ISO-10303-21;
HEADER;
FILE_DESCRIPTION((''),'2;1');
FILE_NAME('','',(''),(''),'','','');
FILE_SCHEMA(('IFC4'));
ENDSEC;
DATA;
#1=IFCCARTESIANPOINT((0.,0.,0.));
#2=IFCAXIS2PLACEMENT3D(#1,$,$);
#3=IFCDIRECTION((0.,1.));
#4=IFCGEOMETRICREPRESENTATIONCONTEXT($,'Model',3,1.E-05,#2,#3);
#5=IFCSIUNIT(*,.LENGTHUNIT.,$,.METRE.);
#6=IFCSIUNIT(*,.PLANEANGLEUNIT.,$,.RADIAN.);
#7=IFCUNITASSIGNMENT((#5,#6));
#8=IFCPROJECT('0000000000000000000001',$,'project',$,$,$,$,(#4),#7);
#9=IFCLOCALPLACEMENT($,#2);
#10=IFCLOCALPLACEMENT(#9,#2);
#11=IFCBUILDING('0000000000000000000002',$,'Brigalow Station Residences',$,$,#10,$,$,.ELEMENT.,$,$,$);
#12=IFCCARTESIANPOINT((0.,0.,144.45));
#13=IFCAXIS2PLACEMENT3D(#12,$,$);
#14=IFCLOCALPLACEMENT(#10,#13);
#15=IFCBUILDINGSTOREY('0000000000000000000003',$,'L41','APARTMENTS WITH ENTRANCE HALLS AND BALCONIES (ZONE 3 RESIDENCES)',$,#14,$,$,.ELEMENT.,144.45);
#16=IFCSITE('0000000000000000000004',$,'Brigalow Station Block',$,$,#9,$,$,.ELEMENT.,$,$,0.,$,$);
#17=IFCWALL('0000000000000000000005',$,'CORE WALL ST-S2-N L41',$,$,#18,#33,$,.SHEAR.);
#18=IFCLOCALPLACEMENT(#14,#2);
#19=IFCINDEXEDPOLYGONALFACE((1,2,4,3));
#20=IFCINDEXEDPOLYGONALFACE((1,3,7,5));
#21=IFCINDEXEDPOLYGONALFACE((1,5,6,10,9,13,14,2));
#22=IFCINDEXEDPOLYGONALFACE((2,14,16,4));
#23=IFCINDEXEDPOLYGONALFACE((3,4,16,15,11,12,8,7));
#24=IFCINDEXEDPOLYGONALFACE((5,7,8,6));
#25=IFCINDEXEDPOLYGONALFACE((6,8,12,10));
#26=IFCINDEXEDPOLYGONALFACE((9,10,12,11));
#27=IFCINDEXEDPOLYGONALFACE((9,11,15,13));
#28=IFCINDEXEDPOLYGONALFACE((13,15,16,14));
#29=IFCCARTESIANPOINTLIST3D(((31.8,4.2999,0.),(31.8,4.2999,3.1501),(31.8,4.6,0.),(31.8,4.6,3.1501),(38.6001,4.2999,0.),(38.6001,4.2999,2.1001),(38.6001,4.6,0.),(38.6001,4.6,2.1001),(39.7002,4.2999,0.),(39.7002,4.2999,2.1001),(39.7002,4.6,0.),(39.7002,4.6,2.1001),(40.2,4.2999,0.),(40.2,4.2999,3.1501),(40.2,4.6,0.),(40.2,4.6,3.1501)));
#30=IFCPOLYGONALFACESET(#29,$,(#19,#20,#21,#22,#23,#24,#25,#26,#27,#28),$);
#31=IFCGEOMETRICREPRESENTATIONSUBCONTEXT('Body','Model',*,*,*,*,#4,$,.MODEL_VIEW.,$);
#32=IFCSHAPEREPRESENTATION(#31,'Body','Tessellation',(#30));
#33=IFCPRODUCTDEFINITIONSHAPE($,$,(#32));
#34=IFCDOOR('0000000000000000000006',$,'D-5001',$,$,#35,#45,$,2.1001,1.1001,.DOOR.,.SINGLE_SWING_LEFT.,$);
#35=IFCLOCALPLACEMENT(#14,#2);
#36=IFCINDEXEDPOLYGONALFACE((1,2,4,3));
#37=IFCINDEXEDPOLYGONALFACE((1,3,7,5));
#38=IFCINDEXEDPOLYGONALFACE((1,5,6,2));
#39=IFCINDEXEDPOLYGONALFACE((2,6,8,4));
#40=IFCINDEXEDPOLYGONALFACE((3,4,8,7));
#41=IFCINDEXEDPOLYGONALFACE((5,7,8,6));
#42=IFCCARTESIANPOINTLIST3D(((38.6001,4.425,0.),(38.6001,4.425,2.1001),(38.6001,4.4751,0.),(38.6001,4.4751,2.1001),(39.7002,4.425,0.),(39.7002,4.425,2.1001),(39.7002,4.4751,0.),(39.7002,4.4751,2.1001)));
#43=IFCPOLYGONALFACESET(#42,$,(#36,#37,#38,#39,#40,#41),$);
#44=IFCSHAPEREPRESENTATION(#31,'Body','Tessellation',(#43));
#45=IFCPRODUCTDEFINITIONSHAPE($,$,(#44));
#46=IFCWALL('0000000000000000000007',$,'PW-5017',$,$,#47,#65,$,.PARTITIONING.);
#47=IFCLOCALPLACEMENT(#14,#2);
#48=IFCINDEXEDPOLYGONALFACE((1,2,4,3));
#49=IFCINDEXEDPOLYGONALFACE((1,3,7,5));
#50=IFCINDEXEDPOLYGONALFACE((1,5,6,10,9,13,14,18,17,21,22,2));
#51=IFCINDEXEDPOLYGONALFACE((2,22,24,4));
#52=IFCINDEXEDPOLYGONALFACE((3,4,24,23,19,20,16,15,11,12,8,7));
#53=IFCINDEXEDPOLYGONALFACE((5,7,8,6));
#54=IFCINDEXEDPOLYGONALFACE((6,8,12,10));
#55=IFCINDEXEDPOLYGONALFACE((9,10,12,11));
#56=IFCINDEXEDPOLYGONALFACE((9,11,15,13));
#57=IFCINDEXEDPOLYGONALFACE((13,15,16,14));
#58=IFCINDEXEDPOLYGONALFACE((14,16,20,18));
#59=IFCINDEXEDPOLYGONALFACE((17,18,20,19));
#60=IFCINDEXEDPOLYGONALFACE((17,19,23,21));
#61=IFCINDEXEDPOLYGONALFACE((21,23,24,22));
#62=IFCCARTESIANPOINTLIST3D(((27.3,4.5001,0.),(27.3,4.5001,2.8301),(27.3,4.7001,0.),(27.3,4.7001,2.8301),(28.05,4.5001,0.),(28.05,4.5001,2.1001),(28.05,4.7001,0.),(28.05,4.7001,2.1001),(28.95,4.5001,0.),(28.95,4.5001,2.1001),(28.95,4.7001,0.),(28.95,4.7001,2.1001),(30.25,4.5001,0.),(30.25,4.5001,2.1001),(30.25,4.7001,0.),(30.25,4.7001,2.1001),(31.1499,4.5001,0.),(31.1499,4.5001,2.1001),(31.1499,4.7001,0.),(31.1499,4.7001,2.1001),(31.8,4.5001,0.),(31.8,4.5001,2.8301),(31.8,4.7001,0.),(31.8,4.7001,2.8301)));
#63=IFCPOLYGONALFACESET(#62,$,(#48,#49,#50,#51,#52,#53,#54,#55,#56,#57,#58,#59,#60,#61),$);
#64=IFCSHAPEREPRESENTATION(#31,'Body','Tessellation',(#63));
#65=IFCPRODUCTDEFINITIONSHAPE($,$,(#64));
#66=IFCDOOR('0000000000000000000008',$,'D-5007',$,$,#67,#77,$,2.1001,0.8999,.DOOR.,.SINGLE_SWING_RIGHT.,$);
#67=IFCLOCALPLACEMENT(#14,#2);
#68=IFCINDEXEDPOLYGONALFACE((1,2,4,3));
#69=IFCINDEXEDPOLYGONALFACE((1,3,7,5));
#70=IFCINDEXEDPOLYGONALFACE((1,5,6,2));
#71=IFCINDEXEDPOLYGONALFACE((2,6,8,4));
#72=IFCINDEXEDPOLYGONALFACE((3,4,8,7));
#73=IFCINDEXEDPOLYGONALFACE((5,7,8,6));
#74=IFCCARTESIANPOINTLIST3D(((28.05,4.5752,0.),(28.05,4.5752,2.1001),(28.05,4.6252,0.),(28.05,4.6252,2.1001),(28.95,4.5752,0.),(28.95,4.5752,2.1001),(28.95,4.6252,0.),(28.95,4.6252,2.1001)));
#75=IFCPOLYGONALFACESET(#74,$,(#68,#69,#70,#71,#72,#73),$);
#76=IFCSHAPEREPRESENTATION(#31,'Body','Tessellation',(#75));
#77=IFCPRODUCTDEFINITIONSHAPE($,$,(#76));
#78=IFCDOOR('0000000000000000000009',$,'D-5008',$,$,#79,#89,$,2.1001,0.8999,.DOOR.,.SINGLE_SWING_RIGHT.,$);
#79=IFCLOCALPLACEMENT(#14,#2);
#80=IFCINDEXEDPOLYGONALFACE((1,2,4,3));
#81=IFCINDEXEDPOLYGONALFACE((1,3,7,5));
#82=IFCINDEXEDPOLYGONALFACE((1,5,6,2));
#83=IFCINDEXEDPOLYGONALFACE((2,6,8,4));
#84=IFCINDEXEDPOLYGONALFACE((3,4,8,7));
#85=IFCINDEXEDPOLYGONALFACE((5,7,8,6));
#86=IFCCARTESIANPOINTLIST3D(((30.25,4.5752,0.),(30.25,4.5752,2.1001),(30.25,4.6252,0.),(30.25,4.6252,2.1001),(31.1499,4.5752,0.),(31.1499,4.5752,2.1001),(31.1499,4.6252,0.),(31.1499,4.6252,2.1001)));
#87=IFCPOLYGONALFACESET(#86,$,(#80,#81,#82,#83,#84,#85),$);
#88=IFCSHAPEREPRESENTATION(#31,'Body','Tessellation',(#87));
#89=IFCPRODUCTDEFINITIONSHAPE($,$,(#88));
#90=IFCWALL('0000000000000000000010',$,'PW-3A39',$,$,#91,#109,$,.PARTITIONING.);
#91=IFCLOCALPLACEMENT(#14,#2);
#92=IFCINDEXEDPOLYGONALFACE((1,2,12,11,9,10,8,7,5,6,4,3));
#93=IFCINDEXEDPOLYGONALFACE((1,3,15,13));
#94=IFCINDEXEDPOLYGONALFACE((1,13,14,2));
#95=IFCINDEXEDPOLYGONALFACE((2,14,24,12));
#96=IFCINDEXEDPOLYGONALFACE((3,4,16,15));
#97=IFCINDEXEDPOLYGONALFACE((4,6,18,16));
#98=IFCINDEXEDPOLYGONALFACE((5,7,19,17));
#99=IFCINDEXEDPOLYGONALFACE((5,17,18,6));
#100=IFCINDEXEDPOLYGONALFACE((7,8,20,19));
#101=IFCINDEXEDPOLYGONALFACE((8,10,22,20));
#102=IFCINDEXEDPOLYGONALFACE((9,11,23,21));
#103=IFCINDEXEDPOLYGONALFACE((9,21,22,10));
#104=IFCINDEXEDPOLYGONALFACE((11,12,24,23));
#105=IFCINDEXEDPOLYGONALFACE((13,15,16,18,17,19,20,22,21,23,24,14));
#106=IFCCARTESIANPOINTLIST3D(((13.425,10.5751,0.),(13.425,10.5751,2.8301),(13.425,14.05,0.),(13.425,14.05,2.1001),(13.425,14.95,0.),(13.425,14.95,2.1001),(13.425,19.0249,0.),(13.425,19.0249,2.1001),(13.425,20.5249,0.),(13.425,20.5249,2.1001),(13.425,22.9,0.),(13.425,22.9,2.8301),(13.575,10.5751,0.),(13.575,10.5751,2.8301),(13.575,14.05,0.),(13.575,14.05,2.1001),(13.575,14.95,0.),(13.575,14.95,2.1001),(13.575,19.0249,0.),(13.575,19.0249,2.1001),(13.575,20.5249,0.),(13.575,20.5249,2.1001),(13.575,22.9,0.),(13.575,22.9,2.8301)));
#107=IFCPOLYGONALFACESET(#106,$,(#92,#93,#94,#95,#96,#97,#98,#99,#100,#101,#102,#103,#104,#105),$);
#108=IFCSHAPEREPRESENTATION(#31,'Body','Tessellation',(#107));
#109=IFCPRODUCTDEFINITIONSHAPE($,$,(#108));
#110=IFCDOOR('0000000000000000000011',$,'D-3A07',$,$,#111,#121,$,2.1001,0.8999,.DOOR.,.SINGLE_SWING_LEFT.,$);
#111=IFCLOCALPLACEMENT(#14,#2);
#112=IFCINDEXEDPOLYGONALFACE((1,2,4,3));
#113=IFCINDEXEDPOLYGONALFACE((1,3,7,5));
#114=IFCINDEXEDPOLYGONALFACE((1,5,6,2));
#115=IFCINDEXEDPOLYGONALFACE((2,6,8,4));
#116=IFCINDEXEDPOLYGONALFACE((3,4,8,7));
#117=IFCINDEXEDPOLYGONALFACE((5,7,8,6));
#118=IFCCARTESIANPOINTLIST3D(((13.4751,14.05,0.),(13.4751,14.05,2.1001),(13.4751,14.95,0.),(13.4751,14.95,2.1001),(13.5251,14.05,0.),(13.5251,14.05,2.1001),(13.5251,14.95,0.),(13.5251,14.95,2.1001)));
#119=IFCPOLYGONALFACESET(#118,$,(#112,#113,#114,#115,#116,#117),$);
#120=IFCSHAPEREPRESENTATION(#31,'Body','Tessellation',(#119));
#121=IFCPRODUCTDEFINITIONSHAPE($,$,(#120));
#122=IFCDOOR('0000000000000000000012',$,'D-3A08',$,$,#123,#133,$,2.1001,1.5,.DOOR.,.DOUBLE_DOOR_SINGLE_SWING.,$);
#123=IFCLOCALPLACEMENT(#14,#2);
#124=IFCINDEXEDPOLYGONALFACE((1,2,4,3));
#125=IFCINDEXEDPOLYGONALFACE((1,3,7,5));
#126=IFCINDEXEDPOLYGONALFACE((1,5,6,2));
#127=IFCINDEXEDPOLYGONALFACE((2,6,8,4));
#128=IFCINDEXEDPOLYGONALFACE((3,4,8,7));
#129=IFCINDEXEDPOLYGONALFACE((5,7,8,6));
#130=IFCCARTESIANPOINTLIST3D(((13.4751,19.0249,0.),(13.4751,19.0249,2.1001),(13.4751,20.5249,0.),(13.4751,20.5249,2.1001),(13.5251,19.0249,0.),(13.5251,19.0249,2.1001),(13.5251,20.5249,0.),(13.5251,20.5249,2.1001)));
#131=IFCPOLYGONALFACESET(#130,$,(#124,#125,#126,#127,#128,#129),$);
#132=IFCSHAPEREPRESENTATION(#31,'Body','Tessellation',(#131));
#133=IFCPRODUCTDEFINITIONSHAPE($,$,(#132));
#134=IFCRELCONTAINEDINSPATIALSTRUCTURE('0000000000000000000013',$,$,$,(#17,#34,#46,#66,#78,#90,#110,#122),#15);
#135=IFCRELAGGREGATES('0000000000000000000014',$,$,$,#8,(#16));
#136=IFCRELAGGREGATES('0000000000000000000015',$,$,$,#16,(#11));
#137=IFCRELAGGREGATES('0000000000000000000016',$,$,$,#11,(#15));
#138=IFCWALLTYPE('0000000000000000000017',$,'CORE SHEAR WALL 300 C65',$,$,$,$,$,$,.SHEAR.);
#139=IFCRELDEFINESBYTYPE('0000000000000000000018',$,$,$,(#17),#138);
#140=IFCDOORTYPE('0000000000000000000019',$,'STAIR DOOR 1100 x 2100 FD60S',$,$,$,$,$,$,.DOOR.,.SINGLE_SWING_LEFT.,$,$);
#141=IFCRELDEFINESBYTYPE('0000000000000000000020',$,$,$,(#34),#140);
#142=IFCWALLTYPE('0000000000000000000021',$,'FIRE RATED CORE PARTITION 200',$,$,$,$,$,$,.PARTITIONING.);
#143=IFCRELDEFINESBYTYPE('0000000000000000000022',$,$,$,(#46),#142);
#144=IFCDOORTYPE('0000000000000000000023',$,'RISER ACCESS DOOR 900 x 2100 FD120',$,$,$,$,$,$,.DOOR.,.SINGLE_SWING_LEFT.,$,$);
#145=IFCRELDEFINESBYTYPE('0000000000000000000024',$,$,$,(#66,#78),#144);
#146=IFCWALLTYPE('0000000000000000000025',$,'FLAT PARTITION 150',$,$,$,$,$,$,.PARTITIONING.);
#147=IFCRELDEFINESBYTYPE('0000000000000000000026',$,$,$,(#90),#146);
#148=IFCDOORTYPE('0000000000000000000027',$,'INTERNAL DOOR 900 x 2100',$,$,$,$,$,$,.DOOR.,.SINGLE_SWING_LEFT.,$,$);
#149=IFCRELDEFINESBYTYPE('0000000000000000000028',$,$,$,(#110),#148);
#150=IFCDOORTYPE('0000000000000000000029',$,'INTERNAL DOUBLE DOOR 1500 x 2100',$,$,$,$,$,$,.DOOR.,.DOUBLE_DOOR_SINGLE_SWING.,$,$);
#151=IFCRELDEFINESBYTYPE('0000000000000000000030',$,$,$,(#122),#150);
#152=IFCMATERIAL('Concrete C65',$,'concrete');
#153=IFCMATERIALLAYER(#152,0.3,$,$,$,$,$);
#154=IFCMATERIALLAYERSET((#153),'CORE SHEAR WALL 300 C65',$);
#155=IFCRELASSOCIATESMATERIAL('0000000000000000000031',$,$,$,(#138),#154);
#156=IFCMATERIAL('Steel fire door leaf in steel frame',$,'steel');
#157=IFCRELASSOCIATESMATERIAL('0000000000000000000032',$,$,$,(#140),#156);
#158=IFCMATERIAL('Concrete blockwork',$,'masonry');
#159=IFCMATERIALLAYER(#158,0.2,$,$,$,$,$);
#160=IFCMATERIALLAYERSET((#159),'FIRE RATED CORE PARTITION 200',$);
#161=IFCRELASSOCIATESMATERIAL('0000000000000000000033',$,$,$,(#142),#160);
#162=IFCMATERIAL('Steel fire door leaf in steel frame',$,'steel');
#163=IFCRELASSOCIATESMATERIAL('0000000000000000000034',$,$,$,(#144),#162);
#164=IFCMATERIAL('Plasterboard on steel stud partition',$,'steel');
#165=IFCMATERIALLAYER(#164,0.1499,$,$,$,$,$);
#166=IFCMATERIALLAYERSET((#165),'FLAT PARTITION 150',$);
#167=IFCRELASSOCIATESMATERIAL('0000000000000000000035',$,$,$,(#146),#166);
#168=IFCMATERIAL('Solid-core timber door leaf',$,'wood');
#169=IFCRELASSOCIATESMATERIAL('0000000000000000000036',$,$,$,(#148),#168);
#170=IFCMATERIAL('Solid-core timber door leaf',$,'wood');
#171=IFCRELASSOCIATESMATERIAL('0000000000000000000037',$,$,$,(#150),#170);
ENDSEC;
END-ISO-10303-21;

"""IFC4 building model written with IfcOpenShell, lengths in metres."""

from ifc_helpers import new_model, si_unit, direction, frame, frame_2d, origin, place, context, subcontext, project, spatial, rectangle, extrude, material, layer, layer_set, type_object, element, fill, save


model = new_model("IFC4")

# Units and contexts
model_context = context("Model", 3, precision=1e-05, world=origin(), true_north=direction((0.0, 1.0)))
body_context = subcontext(model_context, "Body", "Model", "MODEL_VIEW")
ifc_project = project(units=[si_unit("LENGTHUNIT", "METRE"), si_unit("PLANEANGLEUNIT", "RADIAN")], contexts=[model_context])

# Site, building, storey
site_placement = place(None, origin())
site = spatial("IfcSite", under=ifc_project, at=site_placement, Name="Brigalow Station Block", CompositionType="ELEMENT", RefElevation=0.0)
building_placement = place(site_placement, origin())
building = spatial("IfcBuilding", under=site, at=building_placement, Name="Brigalow Station Residences", CompositionType="ELEMENT")
storey_placement = place(building_placement, frame((0.0, 0.0, 144.45)))
storey = spatial("IfcBuildingStorey", under=building, at=storey_placement, Name="L41", Description="APARTMENTS WITH ENTRANCE HALLS AND BALCONIES (ZONE 3 RESIDENCES)", CompositionType="ELEMENT", Elevation=144.45)

# Wall, opening, door
ifc_material_1 = material(Name="Concrete C65", Category="concrete")
ifc_layer_1 = layer(ifc_material_1, 0.3)
ifc_layer_set_1 = layer_set([ifc_layer_1], Name="CORE SHEAR WALL 300 C65")
wall_type_1 = type_object("IfcWallType", Name="CORE SHEAR WALL 300 C65", PredefinedType="SHEAR", material=ifc_layer_set_1)
wall_1_placement = place(storey_placement, frame((31.8, 4.45, 0.0), z_axis=(0.0, 0.0, 1.0), x_axis=(1.0, 0.0, 0.0)))
wall_1 = element("IfcWall", 1, at=wall_1_placement, inside=storey, type_object=wall_type_1, Name="CORE WALL ST-S2-N L41", PredefinedType="SHEAR", context=body_context, shape_type="SweptSolid", body=[
    extrude(rectangle(XDim=8.3999, YDim=0.3, at=frame_2d((4.2, 0.0))), origin(), (0.0, 0.0, 1.0), 3.1501),
])
opening_1_placement = place(wall_1_placement, frame((6.8, 0.0, 0.0)))
opening_1 = element("IfcOpeningElement", 2, at=opening_1_placement, cuts=wall_1, PredefinedType="OPENING", context=body_context, shape_type="SweptSolid", body=[
    extrude(rectangle(XDim=1.1001, YDim=2.1001, at=frame_2d((0.55, 1.05))), frame((0.0, 0.1602, 0.0), z_axis=(0.0, -1.0, 0.0), x_axis=(1.0, 0.0, 0.0)), (0.0, 0.0, 1.0), 0.3201),
])
ifc_material_2 = material(Name="Steel fire door leaf in steel frame", Category="steel")
door_type_1 = type_object("IfcDoorType", Name="STAIR DOOR 1100 x 2100 FD60S", OperationType="SINGLE_SWING_LEFT", PredefinedType="DOOR", material=ifc_material_2)
door_1_placement = place(opening_1_placement, frame((1.1001, 0.0, 0.0), z_axis=(0.0, 0.0, 1.0), x_axis=(-1.0, 0.0, 0.0)))
door_1 = element("IfcDoor", 3, at=door_1_placement, inside=storey, type_object=door_type_1, Name="D-5001", OperationType="SINGLE_SWING_LEFT", OverallHeight=2.1001, OverallWidth=1.1001, PredefinedType="DOOR", context=body_context, shape_type="SweptSolid", body=[
    extrude(rectangle(XDim=1.1001, YDim=2.1001, at=frame_2d((0.55, 1.05))), frame((0.0, 0.0249, 0.0), z_axis=(0.0, -1.0, 0.0), x_axis=(1.0, 0.0, 0.0)), (0.0, 0.0, 1.0), 0.05),
])
fill(opening_1, door_1)

# Walls, openings, doors
ifc_material_3 = material(Name="Concrete blockwork", Category="masonry")
ifc_layer_2 = layer(ifc_material_3, 0.2)
ifc_layer_set_2 = layer_set([ifc_layer_2], Name="FIRE RATED CORE PARTITION 200")
wall_type_2 = type_object("IfcWallType", Name="FIRE RATED CORE PARTITION 200", PredefinedType="PARTITIONING", material=ifc_layer_set_2)
wall_2_placement = place(storey_placement, frame((27.3, 4.6001, 0.0), z_axis=(0.0, 0.0, 1.0), x_axis=(1.0, 0.0, 0.0)))
wall_2 = element("IfcWall", 4, at=wall_2_placement, inside=storey, type_object=wall_type_2, Name="PW-5017", PredefinedType="PARTITIONING", context=body_context, shape_type="SweptSolid", body=[
    extrude(rectangle(XDim=4.5, YDim=0.2, at=frame_2d((2.25, 0.0))), origin(), (0.0, 0.0, 1.0), 2.8301),
])
opening_2_placement = place(wall_2_placement, frame((0.75, 0.0, 0.0)))
opening_2 = element("IfcOpeningElement", 5, at=opening_2_placement, cuts=wall_2, PredefinedType="OPENING", context=body_context, shape_type="SweptSolid", body=[
    extrude(rectangle(XDim=0.8999, YDim=2.1001, at=frame_2d((0.45, 1.05))), frame((0.0, 0.1099, 0.0), z_axis=(0.0, -1.0, 0.0), x_axis=(1.0, 0.0, 0.0)), (0.0, 0.0, 1.0), 0.22),
])
opening_3_placement = place(wall_2_placement, frame((2.95, 0.0, 0.0)))
opening_3 = element("IfcOpeningElement", 6, at=opening_3_placement, cuts=wall_2, PredefinedType="OPENING", context=body_context, shape_type="SweptSolid", body=[
    extrude(rectangle(XDim=0.8999, YDim=2.1001, at=frame_2d((0.45, 1.05))), frame((0.0, 0.1099, 0.0), z_axis=(0.0, -1.0, 0.0), x_axis=(1.0, 0.0, 0.0)), (0.0, 0.0, 1.0), 0.22),
])
ifc_material_4 = material(Name="Steel fire door leaf in steel frame", Category="steel")
door_type_2 = type_object("IfcDoorType", Name="RISER ACCESS DOOR 900 x 2100 FD120", OperationType="SINGLE_SWING_LEFT", PredefinedType="DOOR", material=ifc_material_4)
door_2_placement = place(opening_2_placement, frame((0.8999, 0.0, 0.0), z_axis=(0.0, 0.0, 1.0), x_axis=(-1.0, 0.0, 0.0)))
door_2 = element("IfcDoor", 7, at=door_2_placement, inside=storey, type_object=door_type_2, Name="D-5007", OperationType="SINGLE_SWING_RIGHT", OverallHeight=2.1001, OverallWidth=0.8999, PredefinedType="DOOR", context=body_context, shape_type="SweptSolid", body=[
    extrude(rectangle(XDim=0.8999, YDim=2.1001, at=frame_2d((0.45, 1.05))), frame((0.0, 0.0249, 0.0), z_axis=(0.0, -1.0, 0.0), x_axis=(1.0, 0.0, 0.0)), (0.0, 0.0, 1.0), 0.05),
])
fill(opening_2, door_2)
door_3_placement = place(opening_3_placement, frame((0.8999, 0.0, 0.0), z_axis=(0.0, 0.0, 1.0), x_axis=(-1.0, 0.0, 0.0)))
door_3 = element("IfcDoor", 8, at=door_3_placement, inside=storey, type_object=door_type_2, Name="D-5008", OperationType="SINGLE_SWING_RIGHT", OverallHeight=2.1001, OverallWidth=0.8999, PredefinedType="DOOR", context=body_context, shape_type="SweptSolid", body=[
    extrude(rectangle(XDim=0.8999, YDim=2.1001, at=frame_2d((0.45, 1.05))), frame((0.0, 0.0249, 0.0), z_axis=(0.0, -1.0, 0.0), x_axis=(1.0, 0.0, 0.0)), (0.0, 0.0, 1.0), 0.05),
])
fill(opening_3, door_3)
ifc_material_5 = material(Name="Plasterboard on steel stud partition", Category="steel")
ifc_layer_3 = layer(ifc_material_5, 0.1499)
ifc_layer_set_3 = layer_set([ifc_layer_3], Name="FLAT PARTITION 150")
wall_type_3 = type_object("IfcWallType", Name="FLAT PARTITION 150", PredefinedType="PARTITIONING", material=ifc_layer_set_3)
wall_3_placement = place(storey_placement, frame((13.5, 10.575, 0.0), z_axis=(0.0, 0.0, 1.0), x_axis=(0.0, 1.0, 0.0)))
wall_3 = element("IfcWall", 9, at=wall_3_placement, inside=storey, type_object=wall_type_3, Name="PW-3A39", PredefinedType="PARTITIONING", context=body_context, shape_type="SweptSolid", body=[
    extrude(rectangle(XDim=12.325, YDim=0.1499, at=frame_2d((6.1626, 0.0))), origin(), (0.0, 0.0, 1.0), 2.8301),
])
opening_4_placement = place(wall_3_placement, frame((3.4751, 0.0, 0.0)))
opening_4 = element("IfcOpeningElement", 10, at=opening_4_placement, cuts=wall_3, PredefinedType="OPENING", context=body_context, shape_type="SweptSolid", body=[
    extrude(rectangle(XDim=0.8999, YDim=2.1001, at=frame_2d((0.45, 1.05))), frame((0.0, 0.085, 0.0), z_axis=(0.0, -1.0, 0.0), x_axis=(1.0, 0.0, 0.0)), (0.0, 0.0, 1.0), 0.1699),
])
opening_5_placement = place(wall_3_placement, frame((8.45, 0.0, 0.0)))
opening_5 = element("IfcOpeningElement", 11, at=opening_5_placement, cuts=wall_3, PredefinedType="OPENING", context=body_context, shape_type="SweptSolid", body=[
    extrude(rectangle(XDim=1.5, YDim=2.1001, at=frame_2d((0.75, 1.05))), frame((0.0, 0.085, 0.0), z_axis=(0.0, -1.0, 0.0), x_axis=(1.0, 0.0, 0.0)), (0.0, 0.0, 1.0), 0.1699),
])
ifc_material_6 = material(Name="Solid-core timber door leaf", Category="wood")
door_type_3 = type_object("IfcDoorType", Name="INTERNAL DOOR 900 x 2100", OperationType="SINGLE_SWING_LEFT", PredefinedType="DOOR", material=ifc_material_6)
door_4_placement = place(opening_4_placement, origin())
door_4 = element("IfcDoor", 12, at=door_4_placement, inside=storey, type_object=door_type_3, Name="D-3A07", OperationType="SINGLE_SWING_LEFT", OverallHeight=2.1001, OverallWidth=0.8999, PredefinedType="DOOR", context=body_context, shape_type="SweptSolid", body=[
    extrude(rectangle(XDim=0.8999, YDim=2.1001, at=frame_2d((0.45, 1.05))), frame((0.0, 0.0249, 0.0), z_axis=(0.0, -1.0, 0.0), x_axis=(1.0, 0.0, 0.0)), (0.0, 0.0, 1.0), 0.05),
])
fill(opening_4, door_4)
ifc_material_7 = material(Name="Solid-core timber door leaf", Category="wood")
door_type_4 = type_object("IfcDoorType", Name="INTERNAL DOUBLE DOOR 1500 x 2100", OperationType="DOUBLE_DOOR_SINGLE_SWING", PredefinedType="DOOR", material=ifc_material_7)
door_5_placement = place(opening_5_placement, origin())
door_5 = element("IfcDoor", 13, at=door_5_placement, inside=storey, type_object=door_type_4, Name="D-3A08", OperationType="DOUBLE_DOOR_SINGLE_SWING", OverallHeight=2.1001, OverallWidth=1.5, PredefinedType="DOOR", context=body_context, shape_type="SweptSolid", body=[
    extrude(rectangle(XDim=1.5, YDim=2.1001, at=frame_2d((0.75, 1.05))), frame((0.0, 0.0249, 0.0), z_axis=(0.0, -1.0, 0.0), x_axis=(1.0, 0.0, 0.0)), (0.0, 0.0, 1.0), 0.05),
])
fill(opening_5, door_5)

save(model, "model.ifc")
